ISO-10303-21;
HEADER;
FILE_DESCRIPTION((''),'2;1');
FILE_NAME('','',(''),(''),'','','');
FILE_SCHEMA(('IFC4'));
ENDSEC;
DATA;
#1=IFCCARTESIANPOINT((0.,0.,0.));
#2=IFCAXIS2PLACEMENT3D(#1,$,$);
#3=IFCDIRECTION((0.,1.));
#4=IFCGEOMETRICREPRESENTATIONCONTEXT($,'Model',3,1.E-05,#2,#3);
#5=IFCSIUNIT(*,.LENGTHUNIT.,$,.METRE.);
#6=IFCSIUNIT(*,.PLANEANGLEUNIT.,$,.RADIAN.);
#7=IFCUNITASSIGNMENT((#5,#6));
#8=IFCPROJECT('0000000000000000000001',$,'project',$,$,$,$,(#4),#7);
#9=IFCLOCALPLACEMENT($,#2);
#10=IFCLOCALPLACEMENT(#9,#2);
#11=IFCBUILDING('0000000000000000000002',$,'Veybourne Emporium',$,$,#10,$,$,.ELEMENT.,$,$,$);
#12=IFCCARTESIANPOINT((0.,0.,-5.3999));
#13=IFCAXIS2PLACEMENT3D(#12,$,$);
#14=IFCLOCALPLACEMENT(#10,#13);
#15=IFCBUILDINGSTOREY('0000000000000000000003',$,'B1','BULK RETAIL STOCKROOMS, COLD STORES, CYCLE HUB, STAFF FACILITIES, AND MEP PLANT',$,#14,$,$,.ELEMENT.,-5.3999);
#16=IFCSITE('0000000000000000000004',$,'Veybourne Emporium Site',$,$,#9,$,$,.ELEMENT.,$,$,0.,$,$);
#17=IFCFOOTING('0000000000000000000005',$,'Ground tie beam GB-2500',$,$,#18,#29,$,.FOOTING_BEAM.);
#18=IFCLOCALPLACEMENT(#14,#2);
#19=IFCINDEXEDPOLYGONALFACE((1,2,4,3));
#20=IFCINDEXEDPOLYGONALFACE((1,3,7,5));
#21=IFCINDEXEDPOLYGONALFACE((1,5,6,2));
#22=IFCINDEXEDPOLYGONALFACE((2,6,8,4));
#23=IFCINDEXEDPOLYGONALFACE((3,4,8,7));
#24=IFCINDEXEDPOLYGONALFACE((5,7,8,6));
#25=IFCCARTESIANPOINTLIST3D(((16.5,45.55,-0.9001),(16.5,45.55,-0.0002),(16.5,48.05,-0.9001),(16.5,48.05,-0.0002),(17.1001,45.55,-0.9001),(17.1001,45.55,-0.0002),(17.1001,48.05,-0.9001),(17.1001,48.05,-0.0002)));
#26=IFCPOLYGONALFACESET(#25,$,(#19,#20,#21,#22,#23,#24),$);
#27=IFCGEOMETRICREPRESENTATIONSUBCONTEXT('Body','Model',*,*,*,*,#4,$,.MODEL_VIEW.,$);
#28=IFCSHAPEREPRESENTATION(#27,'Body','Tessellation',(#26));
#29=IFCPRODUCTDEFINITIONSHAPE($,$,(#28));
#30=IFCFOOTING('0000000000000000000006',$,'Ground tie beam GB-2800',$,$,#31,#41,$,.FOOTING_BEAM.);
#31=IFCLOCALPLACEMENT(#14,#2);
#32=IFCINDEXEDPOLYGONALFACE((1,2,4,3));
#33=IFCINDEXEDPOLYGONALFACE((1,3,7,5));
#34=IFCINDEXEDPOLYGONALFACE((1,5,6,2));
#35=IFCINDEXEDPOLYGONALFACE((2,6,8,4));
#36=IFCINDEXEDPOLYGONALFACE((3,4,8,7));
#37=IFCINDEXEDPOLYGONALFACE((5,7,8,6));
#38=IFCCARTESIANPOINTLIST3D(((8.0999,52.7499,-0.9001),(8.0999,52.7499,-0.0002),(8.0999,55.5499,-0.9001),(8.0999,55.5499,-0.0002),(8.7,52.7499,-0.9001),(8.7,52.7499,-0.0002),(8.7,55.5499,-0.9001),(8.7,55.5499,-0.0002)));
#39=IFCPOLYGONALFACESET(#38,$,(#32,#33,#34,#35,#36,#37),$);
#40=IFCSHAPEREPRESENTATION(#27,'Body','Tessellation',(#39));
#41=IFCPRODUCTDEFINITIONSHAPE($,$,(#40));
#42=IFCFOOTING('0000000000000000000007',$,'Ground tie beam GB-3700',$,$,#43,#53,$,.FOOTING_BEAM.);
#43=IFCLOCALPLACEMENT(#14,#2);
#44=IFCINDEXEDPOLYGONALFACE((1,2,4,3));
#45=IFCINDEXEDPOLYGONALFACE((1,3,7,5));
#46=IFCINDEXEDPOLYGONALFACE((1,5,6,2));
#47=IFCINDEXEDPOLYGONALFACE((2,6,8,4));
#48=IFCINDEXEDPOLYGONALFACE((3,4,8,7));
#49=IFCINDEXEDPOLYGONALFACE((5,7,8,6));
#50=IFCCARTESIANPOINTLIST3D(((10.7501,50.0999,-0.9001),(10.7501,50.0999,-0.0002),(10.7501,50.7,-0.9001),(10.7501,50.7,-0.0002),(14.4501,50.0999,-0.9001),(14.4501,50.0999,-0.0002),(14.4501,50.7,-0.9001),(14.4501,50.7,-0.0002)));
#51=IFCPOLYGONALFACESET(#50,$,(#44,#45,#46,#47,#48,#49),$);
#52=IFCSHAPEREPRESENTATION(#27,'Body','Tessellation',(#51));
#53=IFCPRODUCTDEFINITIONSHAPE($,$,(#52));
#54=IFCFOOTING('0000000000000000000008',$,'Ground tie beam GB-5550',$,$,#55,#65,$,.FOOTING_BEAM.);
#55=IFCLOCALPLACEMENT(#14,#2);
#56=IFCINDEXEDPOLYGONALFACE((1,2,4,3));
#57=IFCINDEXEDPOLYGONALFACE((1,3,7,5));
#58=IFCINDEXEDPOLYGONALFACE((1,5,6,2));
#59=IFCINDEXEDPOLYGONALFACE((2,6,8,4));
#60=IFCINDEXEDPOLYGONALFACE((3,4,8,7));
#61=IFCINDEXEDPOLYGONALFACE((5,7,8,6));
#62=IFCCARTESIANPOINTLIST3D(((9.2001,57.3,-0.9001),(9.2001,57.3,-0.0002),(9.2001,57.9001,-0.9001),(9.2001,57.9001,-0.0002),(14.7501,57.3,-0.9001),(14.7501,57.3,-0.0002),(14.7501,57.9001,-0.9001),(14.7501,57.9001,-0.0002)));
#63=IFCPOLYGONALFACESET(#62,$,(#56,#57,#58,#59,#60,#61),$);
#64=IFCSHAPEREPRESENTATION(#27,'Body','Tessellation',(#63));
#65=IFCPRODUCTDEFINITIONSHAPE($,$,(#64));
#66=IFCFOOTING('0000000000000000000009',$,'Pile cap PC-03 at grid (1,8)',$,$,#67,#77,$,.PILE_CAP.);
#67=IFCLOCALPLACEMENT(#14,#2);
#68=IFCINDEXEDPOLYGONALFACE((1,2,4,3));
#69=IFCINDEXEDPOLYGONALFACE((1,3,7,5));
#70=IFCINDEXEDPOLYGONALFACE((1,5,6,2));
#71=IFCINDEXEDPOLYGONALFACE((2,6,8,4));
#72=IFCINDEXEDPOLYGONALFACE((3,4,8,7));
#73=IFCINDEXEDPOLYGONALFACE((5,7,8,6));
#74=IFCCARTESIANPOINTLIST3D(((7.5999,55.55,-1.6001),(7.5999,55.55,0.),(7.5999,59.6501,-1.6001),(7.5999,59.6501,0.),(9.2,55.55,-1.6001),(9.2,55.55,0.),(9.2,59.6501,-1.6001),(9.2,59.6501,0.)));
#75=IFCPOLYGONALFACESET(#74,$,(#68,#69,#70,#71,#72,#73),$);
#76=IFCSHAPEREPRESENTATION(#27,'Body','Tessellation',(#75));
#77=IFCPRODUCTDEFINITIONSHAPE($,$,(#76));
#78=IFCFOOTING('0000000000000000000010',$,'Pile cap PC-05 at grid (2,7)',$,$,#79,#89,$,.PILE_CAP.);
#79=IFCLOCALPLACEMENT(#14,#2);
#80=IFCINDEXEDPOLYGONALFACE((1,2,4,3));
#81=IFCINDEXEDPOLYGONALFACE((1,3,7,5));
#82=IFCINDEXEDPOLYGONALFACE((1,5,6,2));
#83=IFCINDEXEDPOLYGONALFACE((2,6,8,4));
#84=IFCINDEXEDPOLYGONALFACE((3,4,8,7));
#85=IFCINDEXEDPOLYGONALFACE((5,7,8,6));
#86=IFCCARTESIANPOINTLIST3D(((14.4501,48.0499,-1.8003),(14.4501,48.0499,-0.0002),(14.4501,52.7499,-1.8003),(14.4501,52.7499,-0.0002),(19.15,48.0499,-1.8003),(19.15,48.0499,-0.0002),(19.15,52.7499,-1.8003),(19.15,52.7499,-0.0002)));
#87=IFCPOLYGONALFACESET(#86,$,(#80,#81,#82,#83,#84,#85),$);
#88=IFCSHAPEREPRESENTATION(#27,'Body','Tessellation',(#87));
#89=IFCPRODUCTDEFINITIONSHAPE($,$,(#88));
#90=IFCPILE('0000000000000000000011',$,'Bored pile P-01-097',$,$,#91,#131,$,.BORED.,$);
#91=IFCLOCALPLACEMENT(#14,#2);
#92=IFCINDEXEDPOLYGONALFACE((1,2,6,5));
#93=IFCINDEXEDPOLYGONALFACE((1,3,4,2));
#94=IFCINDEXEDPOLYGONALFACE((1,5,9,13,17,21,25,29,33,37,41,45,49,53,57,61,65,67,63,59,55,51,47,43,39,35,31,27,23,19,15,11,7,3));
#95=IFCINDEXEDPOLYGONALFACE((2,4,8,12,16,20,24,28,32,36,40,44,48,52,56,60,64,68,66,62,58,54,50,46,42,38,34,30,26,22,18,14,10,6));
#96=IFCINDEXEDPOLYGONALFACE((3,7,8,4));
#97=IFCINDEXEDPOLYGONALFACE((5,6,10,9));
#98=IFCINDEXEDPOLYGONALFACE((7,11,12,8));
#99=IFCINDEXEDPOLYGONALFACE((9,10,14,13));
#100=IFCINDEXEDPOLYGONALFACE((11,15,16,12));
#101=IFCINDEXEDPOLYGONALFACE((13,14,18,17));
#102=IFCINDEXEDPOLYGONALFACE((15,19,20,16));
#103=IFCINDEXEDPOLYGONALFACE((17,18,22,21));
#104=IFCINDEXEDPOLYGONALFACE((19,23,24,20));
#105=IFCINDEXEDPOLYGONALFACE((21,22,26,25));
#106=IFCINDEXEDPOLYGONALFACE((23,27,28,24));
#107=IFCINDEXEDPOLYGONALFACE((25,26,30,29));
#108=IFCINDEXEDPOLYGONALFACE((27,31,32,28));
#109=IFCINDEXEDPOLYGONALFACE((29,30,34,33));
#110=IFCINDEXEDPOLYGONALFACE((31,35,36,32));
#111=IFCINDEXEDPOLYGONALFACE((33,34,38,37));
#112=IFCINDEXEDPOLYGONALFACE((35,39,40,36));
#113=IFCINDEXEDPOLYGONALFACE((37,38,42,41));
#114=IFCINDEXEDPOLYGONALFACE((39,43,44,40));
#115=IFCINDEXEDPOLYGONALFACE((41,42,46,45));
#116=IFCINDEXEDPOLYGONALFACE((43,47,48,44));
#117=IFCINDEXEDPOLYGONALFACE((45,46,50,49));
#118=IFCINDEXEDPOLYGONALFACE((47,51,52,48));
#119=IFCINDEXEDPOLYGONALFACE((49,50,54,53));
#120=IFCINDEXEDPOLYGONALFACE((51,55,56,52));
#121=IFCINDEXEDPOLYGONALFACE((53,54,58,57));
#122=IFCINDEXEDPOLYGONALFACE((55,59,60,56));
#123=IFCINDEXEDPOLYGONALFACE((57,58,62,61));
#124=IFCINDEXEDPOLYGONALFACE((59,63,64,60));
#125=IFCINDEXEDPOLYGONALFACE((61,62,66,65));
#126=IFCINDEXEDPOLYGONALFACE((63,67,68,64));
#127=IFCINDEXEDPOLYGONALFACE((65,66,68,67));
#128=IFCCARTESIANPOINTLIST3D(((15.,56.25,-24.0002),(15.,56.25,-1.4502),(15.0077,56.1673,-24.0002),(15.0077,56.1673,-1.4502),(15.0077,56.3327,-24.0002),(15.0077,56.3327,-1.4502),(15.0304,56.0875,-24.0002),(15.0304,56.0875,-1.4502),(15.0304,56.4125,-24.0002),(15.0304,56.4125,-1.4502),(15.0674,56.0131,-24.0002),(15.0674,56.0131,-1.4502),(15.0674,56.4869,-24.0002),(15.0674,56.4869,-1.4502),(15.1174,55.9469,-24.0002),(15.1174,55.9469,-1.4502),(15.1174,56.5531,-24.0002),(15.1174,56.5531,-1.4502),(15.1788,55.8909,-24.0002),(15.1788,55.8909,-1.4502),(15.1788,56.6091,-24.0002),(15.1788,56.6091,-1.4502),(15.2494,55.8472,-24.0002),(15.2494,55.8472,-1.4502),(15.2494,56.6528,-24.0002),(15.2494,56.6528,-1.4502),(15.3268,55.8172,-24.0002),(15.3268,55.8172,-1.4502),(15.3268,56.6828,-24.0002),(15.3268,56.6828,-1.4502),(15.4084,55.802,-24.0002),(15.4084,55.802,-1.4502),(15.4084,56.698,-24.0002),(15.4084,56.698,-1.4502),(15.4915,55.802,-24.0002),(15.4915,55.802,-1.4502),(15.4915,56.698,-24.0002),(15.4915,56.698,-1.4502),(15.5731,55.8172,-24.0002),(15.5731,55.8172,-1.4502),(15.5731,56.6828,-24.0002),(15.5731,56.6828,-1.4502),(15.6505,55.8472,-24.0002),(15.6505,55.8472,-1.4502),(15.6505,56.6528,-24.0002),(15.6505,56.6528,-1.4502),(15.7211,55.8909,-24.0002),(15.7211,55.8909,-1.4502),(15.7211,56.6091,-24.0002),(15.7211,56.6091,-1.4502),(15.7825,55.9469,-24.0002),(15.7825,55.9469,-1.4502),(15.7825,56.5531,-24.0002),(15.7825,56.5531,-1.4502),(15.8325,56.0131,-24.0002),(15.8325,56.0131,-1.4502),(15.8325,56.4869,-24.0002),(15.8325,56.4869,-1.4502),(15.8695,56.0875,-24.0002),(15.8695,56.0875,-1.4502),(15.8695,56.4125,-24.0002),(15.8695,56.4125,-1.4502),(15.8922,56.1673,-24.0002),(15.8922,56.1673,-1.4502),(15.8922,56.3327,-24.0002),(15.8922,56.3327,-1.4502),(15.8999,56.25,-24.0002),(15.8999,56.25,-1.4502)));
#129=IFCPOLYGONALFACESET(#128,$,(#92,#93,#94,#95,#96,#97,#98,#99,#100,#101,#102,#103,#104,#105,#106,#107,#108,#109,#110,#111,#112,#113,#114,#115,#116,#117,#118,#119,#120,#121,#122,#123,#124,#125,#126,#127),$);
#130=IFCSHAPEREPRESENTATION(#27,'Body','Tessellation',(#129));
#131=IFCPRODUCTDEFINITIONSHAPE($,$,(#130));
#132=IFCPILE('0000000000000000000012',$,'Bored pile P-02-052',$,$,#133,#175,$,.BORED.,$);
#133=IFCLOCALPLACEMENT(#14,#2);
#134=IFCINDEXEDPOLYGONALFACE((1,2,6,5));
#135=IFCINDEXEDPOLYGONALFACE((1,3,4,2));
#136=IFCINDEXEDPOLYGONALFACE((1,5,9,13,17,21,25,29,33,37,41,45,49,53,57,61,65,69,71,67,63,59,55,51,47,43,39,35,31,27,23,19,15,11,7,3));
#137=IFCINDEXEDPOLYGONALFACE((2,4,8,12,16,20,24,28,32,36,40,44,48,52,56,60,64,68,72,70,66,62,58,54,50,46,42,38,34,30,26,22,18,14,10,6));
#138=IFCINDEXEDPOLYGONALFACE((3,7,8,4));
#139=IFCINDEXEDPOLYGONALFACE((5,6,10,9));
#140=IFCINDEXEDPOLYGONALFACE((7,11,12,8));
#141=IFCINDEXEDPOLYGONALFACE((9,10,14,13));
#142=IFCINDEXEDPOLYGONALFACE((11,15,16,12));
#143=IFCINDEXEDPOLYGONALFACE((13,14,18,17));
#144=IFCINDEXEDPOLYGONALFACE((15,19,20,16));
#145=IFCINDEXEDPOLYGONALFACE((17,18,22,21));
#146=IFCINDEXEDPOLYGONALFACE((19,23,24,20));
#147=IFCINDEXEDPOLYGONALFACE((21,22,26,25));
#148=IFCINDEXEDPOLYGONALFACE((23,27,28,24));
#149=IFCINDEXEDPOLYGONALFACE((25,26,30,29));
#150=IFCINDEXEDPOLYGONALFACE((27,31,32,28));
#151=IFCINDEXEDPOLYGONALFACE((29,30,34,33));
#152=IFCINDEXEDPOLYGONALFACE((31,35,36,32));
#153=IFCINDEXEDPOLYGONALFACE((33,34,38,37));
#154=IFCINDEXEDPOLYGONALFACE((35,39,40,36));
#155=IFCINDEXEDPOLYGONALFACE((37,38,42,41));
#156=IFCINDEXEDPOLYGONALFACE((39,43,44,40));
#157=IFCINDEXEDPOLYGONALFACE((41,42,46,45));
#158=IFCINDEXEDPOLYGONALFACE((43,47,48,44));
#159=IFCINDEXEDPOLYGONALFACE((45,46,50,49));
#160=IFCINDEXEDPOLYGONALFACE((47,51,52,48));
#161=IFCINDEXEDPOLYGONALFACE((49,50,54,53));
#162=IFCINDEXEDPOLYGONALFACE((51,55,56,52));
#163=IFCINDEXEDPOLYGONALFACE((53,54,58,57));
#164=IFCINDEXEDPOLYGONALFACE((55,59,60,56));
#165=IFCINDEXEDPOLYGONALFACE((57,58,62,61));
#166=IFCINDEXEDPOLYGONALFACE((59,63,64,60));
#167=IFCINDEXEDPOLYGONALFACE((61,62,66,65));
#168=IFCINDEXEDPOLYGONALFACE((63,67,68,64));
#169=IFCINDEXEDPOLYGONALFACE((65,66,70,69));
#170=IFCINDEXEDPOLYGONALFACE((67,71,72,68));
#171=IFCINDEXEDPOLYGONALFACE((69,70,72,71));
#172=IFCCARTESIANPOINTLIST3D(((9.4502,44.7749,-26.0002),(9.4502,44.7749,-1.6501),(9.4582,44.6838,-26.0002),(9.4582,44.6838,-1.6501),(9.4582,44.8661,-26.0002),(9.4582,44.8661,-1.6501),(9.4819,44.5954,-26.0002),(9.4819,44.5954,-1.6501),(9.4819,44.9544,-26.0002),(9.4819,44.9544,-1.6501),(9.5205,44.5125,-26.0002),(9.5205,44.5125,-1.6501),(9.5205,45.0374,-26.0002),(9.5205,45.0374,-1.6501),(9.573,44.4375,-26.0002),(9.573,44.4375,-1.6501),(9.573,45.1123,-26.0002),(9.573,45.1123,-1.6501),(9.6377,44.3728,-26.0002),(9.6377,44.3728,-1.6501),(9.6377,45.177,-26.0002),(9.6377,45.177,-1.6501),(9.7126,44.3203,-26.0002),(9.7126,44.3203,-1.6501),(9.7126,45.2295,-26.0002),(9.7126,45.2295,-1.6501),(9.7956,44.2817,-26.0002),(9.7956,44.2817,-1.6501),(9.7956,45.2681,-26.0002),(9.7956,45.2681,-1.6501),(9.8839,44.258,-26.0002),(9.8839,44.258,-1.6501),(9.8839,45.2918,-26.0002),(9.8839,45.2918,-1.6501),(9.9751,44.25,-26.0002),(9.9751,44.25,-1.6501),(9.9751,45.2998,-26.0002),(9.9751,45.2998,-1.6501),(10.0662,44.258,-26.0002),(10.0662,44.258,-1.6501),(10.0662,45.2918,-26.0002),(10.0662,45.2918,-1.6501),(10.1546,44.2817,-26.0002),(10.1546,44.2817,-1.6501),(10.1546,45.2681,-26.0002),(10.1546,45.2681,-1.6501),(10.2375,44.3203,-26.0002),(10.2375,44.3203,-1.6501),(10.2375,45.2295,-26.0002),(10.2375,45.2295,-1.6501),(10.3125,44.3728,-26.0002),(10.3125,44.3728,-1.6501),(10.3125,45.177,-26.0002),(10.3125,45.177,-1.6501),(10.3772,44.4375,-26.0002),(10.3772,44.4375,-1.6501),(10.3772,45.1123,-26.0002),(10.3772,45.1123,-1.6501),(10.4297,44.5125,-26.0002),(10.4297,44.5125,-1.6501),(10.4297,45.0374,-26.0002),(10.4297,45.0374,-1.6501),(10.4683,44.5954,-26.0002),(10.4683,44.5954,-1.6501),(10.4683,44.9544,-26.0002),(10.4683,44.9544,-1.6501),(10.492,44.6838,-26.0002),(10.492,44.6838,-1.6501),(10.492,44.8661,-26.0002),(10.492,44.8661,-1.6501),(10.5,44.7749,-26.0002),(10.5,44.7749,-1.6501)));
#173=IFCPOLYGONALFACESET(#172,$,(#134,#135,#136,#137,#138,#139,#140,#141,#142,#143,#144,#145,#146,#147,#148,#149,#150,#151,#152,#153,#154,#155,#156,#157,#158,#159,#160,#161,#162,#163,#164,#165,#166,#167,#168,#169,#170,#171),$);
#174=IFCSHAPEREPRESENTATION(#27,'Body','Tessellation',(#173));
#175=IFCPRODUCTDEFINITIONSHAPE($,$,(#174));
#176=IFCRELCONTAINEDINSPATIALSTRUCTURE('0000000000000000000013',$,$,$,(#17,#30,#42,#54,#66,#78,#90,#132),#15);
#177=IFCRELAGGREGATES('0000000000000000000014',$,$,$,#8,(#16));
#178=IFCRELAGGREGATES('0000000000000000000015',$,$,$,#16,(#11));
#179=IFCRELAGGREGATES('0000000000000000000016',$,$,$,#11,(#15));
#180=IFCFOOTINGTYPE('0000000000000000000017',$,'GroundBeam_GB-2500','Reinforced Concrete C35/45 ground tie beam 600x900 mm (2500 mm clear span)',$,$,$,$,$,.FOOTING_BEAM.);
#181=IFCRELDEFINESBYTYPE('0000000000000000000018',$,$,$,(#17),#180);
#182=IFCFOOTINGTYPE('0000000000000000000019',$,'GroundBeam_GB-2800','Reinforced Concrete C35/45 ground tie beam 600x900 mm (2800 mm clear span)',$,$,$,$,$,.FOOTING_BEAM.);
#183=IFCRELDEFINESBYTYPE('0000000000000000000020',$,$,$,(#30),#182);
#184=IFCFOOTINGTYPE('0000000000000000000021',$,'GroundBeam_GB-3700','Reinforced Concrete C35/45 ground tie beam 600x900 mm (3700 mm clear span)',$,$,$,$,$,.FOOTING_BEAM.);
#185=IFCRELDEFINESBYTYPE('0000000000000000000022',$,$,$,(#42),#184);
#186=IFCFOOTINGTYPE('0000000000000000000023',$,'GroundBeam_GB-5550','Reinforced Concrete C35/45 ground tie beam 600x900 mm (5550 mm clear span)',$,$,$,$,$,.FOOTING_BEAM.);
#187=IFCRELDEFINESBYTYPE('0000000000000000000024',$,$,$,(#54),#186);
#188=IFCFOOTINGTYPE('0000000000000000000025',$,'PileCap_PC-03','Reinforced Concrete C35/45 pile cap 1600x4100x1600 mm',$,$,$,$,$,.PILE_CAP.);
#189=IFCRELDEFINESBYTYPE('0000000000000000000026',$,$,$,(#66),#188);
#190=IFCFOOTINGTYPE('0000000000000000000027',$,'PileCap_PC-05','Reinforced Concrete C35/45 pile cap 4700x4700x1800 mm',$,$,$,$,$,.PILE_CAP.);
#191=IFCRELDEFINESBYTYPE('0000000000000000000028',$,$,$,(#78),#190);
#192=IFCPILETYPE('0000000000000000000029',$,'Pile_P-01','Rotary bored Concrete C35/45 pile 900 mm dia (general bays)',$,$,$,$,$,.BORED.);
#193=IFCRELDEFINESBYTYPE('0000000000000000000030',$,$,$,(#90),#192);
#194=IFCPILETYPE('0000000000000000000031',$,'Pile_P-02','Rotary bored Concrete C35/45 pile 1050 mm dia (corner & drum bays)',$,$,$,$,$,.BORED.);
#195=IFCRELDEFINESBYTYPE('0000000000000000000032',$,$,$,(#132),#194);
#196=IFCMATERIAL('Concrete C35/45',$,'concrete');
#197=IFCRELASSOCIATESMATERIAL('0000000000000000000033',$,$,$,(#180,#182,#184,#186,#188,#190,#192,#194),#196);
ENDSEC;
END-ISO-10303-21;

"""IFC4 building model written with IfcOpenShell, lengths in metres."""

from ifc_helpers import new_model, si_unit, direction, frame, origin, origin_2d, place, context, subcontext, project, spatial, rectangle, circle, extrude, material, material_profile, profile_set, type_object, element, save


model = new_model("IFC4")

# Units and contexts
model_context = context("Model", 3, precision=1e-05, world=origin(), true_north=direction((0.0, 1.0)))
body_context = subcontext(model_context, "Body", "Model", "MODEL_VIEW")
ifc_project = project(units=[si_unit("LENGTHUNIT", "METRE"), si_unit("PLANEANGLEUNIT", "RADIAN")], contexts=[model_context])

# Site, building, storey
site_placement = place(None, origin())
site = spatial("IfcSite", under=ifc_project, at=site_placement, Name="Veybourne Emporium Site", CompositionType="ELEMENT", RefElevation=0.0)
building_placement = place(site_placement, origin())
building = spatial("IfcBuilding", under=site, at=building_placement, Name="Veybourne Emporium", CompositionType="ELEMENT")
storey_placement = place(building_placement, frame((0.0, 0.0, -5.3999)))
storey = spatial("IfcBuildingStorey", under=building, at=storey_placement, Name="B1", Description="BULK RETAIL STOCKROOMS, COLD STORES, CYCLE HUB, STAFF FACILITIES, AND MEP PLANT", CompositionType="ELEMENT", Elevation=-5.3999)

# Footings
ifc_material_1 = material(Name="Concrete C35/45", Category="concrete")
footing_type_1 = type_object("IfcFootingType", Name="GroundBeam_GB-2500", Description="Reinforced Concrete C35/45 ground tie beam 600x900 mm (2500 mm clear span)", PredefinedType="FOOTING_BEAM", material=ifc_material_1)
footing_1_placement = place(storey_placement, frame((16.8, 46.8, -0.9001), z_axis=(0.0, 0.0, 1.0), x_axis=(0.0, 1.0, 0.0)))
element("IfcFooting", 1, at=footing_1_placement, inside=storey, type_object=footing_type_1, Name="Ground tie beam GB-2500", PredefinedType="FOOTING_BEAM", context=body_context, shape_type="SweptSolid", body=[
    extrude(rectangle(XDim=2.5, YDim=0.6001, at=origin_2d()), origin(), (0.0, 0.0, 1.0), 0.8999),
])
footing_type_2 = type_object("IfcFootingType", Name="GroundBeam_GB-2800", Description="Reinforced Concrete C35/45 ground tie beam 600x900 mm (2800 mm clear span)", PredefinedType="FOOTING_BEAM", material=ifc_material_1)
footing_2_placement = place(storey_placement, frame((8.3999, 54.1499, -0.9001), z_axis=(0.0, 0.0, 1.0), x_axis=(0.0, 1.0, 0.0)))
element("IfcFooting", 2, at=footing_2_placement, inside=storey, type_object=footing_type_2, Name="Ground tie beam GB-2800", PredefinedType="FOOTING_BEAM", context=body_context, shape_type="SweptSolid", body=[
    extrude(rectangle(XDim=2.8, YDim=0.6001, at=origin_2d()), origin(), (0.0, 0.0, 1.0), 0.8999),
])
footing_type_3 = type_object("IfcFootingType", Name="GroundBeam_GB-3700", Description="Reinforced Concrete C35/45 ground tie beam 600x900 mm (3700 mm clear span)", PredefinedType="FOOTING_BEAM", material=ifc_material_1)
footing_3_placement = place(storey_placement, frame((12.6001, 50.3999, -0.9001), z_axis=(0.0, 0.0, 1.0), x_axis=(1.0, 0.0, 0.0)))
element("IfcFooting", 3, at=footing_3_placement, inside=storey, type_object=footing_type_3, Name="Ground tie beam GB-3700", PredefinedType="FOOTING_BEAM", context=body_context, shape_type="SweptSolid", body=[
    extrude(rectangle(XDim=3.7, YDim=0.6001, at=origin_2d()), origin(), (0.0, 0.0, 1.0), 0.8999),
])
footing_type_4 = type_object("IfcFootingType", Name="GroundBeam_GB-5550", Description="Reinforced Concrete C35/45 ground tie beam 600x900 mm (5550 mm clear span)", PredefinedType="FOOTING_BEAM", material=ifc_material_1)
footing_4_placement = place(storey_placement, frame((11.9751, 57.6001, -0.9001), z_axis=(0.0, 0.0, 1.0), x_axis=(1.0, 0.0, 0.0)))
element("IfcFooting", 4, at=footing_4_placement, inside=storey, type_object=footing_type_4, Name="Ground tie beam GB-5550", PredefinedType="FOOTING_BEAM", context=body_context, shape_type="SweptSolid", body=[
    extrude(rectangle(XDim=5.55, YDim=0.6001, at=origin_2d()), origin(), (0.0, 0.0, 1.0), 0.8999),
])
footing_type_5 = type_object("IfcFootingType", Name="PileCap_PC-03", Description="Reinforced Concrete C35/45 pile cap 1600x4100x1600 mm", PredefinedType="PILE_CAP", material=ifc_material_1)
footing_5_placement = place(storey_placement, frame((8.3999, 57.6001, -1.6001), z_axis=(0.0, 0.0, 1.0), x_axis=(1.0, 0.0, 0.0)))
element("IfcFooting", 5, at=footing_5_placement, inside=storey, type_object=footing_type_5, Name="Pile cap PC-03 at grid (1,8)", PredefinedType="PILE_CAP", context=body_context, shape_type="SweptSolid", body=[
    extrude(rectangle(XDim=1.6001, YDim=4.1001, at=origin_2d()), origin(), (0.0, 0.0, 1.0), 1.6001),
])
footing_type_6 = type_object("IfcFootingType", Name="PileCap_PC-05", Description="Reinforced Concrete C35/45 pile cap 4700x4700x1800 mm", PredefinedType="PILE_CAP", material=ifc_material_1)
footing_6_placement = place(storey_placement, frame((16.8, 50.3999, -1.8003), z_axis=(0.0, 0.0, 1.0), x_axis=(1.0, 0.0, 0.0)))
element("IfcFooting", 6, at=footing_6_placement, inside=storey, type_object=footing_type_6, Name="Pile cap PC-05 at grid (2,7)", PredefinedType="PILE_CAP", context=body_context, shape_type="SweptSolid", body=[
    extrude(rectangle(XDim=4.7, YDim=4.7, at=origin_2d()), origin(), (0.0, 0.0, 1.0), 1.8),
])

# Piles
ifc_material_profile_1 = material_profile(ifc_material_1, circle(Radius=0.45, at=origin_2d()), Name="BORED PILE 900")
ifc_profile_set_1 = profile_set([ifc_material_profile_1], Name="Concrete C35/45")
pile_type_1 = type_object("IfcPileType", Name="Pile_P-01", Description="Rotary bored Concrete C35/45 pile 900 mm dia (general bays)", PredefinedType="BORED", material=ifc_profile_set_1)
pile_1_placement = place(storey_placement, frame((15.45, 56.25, -1.4502), z_axis=(0.0, 0.0, -1.0), x_axis=(1.0, 0.0, 0.0)))
element("IfcPile", 7, at=pile_1_placement, inside=storey, type_object=pile_type_1, Name="Bored pile P-01-097", PredefinedType="BORED", context=body_context, shape_type="SweptSolid", body=[
    extrude(circle(Radius=0.45, at=origin_2d()), origin(), (0.0, 0.0, 1.0), 22.55),
])
ifc_material_profile_2 = material_profile(ifc_material_1, circle(Radius=0.5249, at=origin_2d()), Name="BORED PILE 1050")
ifc_profile_set_2 = profile_set([ifc_material_profile_2], Name="Concrete C35/45")
pile_type_2 = type_object("IfcPileType", Name="Pile_P-02", Description="Rotary bored Concrete C35/45 pile 1050 mm dia (corner & drum bays)", PredefinedType="BORED", material=ifc_profile_set_2)
for number, where, z_axis, x_axis, name in (
    (8, (9.9751, 44.7749, -1.6501), (0.0, 0.0, -1.0), (1.0, 0.0, 0.0), "Bored pile P-02-052"),
):
    element("IfcPile", number, at=place(storey_placement, frame(where, z_axis=z_axis, x_axis=x_axis)), inside=storey, type_object=pile_type_2, Name=name, PredefinedType="BORED", context=body_context, shape_type="SweptSolid", body=[
        extrude(circle(Radius=0.5249, at=origin_2d()), origin(), (0.0, 0.0, 1.0), 24.3501),
    ])

save(model, "model.ifc")
